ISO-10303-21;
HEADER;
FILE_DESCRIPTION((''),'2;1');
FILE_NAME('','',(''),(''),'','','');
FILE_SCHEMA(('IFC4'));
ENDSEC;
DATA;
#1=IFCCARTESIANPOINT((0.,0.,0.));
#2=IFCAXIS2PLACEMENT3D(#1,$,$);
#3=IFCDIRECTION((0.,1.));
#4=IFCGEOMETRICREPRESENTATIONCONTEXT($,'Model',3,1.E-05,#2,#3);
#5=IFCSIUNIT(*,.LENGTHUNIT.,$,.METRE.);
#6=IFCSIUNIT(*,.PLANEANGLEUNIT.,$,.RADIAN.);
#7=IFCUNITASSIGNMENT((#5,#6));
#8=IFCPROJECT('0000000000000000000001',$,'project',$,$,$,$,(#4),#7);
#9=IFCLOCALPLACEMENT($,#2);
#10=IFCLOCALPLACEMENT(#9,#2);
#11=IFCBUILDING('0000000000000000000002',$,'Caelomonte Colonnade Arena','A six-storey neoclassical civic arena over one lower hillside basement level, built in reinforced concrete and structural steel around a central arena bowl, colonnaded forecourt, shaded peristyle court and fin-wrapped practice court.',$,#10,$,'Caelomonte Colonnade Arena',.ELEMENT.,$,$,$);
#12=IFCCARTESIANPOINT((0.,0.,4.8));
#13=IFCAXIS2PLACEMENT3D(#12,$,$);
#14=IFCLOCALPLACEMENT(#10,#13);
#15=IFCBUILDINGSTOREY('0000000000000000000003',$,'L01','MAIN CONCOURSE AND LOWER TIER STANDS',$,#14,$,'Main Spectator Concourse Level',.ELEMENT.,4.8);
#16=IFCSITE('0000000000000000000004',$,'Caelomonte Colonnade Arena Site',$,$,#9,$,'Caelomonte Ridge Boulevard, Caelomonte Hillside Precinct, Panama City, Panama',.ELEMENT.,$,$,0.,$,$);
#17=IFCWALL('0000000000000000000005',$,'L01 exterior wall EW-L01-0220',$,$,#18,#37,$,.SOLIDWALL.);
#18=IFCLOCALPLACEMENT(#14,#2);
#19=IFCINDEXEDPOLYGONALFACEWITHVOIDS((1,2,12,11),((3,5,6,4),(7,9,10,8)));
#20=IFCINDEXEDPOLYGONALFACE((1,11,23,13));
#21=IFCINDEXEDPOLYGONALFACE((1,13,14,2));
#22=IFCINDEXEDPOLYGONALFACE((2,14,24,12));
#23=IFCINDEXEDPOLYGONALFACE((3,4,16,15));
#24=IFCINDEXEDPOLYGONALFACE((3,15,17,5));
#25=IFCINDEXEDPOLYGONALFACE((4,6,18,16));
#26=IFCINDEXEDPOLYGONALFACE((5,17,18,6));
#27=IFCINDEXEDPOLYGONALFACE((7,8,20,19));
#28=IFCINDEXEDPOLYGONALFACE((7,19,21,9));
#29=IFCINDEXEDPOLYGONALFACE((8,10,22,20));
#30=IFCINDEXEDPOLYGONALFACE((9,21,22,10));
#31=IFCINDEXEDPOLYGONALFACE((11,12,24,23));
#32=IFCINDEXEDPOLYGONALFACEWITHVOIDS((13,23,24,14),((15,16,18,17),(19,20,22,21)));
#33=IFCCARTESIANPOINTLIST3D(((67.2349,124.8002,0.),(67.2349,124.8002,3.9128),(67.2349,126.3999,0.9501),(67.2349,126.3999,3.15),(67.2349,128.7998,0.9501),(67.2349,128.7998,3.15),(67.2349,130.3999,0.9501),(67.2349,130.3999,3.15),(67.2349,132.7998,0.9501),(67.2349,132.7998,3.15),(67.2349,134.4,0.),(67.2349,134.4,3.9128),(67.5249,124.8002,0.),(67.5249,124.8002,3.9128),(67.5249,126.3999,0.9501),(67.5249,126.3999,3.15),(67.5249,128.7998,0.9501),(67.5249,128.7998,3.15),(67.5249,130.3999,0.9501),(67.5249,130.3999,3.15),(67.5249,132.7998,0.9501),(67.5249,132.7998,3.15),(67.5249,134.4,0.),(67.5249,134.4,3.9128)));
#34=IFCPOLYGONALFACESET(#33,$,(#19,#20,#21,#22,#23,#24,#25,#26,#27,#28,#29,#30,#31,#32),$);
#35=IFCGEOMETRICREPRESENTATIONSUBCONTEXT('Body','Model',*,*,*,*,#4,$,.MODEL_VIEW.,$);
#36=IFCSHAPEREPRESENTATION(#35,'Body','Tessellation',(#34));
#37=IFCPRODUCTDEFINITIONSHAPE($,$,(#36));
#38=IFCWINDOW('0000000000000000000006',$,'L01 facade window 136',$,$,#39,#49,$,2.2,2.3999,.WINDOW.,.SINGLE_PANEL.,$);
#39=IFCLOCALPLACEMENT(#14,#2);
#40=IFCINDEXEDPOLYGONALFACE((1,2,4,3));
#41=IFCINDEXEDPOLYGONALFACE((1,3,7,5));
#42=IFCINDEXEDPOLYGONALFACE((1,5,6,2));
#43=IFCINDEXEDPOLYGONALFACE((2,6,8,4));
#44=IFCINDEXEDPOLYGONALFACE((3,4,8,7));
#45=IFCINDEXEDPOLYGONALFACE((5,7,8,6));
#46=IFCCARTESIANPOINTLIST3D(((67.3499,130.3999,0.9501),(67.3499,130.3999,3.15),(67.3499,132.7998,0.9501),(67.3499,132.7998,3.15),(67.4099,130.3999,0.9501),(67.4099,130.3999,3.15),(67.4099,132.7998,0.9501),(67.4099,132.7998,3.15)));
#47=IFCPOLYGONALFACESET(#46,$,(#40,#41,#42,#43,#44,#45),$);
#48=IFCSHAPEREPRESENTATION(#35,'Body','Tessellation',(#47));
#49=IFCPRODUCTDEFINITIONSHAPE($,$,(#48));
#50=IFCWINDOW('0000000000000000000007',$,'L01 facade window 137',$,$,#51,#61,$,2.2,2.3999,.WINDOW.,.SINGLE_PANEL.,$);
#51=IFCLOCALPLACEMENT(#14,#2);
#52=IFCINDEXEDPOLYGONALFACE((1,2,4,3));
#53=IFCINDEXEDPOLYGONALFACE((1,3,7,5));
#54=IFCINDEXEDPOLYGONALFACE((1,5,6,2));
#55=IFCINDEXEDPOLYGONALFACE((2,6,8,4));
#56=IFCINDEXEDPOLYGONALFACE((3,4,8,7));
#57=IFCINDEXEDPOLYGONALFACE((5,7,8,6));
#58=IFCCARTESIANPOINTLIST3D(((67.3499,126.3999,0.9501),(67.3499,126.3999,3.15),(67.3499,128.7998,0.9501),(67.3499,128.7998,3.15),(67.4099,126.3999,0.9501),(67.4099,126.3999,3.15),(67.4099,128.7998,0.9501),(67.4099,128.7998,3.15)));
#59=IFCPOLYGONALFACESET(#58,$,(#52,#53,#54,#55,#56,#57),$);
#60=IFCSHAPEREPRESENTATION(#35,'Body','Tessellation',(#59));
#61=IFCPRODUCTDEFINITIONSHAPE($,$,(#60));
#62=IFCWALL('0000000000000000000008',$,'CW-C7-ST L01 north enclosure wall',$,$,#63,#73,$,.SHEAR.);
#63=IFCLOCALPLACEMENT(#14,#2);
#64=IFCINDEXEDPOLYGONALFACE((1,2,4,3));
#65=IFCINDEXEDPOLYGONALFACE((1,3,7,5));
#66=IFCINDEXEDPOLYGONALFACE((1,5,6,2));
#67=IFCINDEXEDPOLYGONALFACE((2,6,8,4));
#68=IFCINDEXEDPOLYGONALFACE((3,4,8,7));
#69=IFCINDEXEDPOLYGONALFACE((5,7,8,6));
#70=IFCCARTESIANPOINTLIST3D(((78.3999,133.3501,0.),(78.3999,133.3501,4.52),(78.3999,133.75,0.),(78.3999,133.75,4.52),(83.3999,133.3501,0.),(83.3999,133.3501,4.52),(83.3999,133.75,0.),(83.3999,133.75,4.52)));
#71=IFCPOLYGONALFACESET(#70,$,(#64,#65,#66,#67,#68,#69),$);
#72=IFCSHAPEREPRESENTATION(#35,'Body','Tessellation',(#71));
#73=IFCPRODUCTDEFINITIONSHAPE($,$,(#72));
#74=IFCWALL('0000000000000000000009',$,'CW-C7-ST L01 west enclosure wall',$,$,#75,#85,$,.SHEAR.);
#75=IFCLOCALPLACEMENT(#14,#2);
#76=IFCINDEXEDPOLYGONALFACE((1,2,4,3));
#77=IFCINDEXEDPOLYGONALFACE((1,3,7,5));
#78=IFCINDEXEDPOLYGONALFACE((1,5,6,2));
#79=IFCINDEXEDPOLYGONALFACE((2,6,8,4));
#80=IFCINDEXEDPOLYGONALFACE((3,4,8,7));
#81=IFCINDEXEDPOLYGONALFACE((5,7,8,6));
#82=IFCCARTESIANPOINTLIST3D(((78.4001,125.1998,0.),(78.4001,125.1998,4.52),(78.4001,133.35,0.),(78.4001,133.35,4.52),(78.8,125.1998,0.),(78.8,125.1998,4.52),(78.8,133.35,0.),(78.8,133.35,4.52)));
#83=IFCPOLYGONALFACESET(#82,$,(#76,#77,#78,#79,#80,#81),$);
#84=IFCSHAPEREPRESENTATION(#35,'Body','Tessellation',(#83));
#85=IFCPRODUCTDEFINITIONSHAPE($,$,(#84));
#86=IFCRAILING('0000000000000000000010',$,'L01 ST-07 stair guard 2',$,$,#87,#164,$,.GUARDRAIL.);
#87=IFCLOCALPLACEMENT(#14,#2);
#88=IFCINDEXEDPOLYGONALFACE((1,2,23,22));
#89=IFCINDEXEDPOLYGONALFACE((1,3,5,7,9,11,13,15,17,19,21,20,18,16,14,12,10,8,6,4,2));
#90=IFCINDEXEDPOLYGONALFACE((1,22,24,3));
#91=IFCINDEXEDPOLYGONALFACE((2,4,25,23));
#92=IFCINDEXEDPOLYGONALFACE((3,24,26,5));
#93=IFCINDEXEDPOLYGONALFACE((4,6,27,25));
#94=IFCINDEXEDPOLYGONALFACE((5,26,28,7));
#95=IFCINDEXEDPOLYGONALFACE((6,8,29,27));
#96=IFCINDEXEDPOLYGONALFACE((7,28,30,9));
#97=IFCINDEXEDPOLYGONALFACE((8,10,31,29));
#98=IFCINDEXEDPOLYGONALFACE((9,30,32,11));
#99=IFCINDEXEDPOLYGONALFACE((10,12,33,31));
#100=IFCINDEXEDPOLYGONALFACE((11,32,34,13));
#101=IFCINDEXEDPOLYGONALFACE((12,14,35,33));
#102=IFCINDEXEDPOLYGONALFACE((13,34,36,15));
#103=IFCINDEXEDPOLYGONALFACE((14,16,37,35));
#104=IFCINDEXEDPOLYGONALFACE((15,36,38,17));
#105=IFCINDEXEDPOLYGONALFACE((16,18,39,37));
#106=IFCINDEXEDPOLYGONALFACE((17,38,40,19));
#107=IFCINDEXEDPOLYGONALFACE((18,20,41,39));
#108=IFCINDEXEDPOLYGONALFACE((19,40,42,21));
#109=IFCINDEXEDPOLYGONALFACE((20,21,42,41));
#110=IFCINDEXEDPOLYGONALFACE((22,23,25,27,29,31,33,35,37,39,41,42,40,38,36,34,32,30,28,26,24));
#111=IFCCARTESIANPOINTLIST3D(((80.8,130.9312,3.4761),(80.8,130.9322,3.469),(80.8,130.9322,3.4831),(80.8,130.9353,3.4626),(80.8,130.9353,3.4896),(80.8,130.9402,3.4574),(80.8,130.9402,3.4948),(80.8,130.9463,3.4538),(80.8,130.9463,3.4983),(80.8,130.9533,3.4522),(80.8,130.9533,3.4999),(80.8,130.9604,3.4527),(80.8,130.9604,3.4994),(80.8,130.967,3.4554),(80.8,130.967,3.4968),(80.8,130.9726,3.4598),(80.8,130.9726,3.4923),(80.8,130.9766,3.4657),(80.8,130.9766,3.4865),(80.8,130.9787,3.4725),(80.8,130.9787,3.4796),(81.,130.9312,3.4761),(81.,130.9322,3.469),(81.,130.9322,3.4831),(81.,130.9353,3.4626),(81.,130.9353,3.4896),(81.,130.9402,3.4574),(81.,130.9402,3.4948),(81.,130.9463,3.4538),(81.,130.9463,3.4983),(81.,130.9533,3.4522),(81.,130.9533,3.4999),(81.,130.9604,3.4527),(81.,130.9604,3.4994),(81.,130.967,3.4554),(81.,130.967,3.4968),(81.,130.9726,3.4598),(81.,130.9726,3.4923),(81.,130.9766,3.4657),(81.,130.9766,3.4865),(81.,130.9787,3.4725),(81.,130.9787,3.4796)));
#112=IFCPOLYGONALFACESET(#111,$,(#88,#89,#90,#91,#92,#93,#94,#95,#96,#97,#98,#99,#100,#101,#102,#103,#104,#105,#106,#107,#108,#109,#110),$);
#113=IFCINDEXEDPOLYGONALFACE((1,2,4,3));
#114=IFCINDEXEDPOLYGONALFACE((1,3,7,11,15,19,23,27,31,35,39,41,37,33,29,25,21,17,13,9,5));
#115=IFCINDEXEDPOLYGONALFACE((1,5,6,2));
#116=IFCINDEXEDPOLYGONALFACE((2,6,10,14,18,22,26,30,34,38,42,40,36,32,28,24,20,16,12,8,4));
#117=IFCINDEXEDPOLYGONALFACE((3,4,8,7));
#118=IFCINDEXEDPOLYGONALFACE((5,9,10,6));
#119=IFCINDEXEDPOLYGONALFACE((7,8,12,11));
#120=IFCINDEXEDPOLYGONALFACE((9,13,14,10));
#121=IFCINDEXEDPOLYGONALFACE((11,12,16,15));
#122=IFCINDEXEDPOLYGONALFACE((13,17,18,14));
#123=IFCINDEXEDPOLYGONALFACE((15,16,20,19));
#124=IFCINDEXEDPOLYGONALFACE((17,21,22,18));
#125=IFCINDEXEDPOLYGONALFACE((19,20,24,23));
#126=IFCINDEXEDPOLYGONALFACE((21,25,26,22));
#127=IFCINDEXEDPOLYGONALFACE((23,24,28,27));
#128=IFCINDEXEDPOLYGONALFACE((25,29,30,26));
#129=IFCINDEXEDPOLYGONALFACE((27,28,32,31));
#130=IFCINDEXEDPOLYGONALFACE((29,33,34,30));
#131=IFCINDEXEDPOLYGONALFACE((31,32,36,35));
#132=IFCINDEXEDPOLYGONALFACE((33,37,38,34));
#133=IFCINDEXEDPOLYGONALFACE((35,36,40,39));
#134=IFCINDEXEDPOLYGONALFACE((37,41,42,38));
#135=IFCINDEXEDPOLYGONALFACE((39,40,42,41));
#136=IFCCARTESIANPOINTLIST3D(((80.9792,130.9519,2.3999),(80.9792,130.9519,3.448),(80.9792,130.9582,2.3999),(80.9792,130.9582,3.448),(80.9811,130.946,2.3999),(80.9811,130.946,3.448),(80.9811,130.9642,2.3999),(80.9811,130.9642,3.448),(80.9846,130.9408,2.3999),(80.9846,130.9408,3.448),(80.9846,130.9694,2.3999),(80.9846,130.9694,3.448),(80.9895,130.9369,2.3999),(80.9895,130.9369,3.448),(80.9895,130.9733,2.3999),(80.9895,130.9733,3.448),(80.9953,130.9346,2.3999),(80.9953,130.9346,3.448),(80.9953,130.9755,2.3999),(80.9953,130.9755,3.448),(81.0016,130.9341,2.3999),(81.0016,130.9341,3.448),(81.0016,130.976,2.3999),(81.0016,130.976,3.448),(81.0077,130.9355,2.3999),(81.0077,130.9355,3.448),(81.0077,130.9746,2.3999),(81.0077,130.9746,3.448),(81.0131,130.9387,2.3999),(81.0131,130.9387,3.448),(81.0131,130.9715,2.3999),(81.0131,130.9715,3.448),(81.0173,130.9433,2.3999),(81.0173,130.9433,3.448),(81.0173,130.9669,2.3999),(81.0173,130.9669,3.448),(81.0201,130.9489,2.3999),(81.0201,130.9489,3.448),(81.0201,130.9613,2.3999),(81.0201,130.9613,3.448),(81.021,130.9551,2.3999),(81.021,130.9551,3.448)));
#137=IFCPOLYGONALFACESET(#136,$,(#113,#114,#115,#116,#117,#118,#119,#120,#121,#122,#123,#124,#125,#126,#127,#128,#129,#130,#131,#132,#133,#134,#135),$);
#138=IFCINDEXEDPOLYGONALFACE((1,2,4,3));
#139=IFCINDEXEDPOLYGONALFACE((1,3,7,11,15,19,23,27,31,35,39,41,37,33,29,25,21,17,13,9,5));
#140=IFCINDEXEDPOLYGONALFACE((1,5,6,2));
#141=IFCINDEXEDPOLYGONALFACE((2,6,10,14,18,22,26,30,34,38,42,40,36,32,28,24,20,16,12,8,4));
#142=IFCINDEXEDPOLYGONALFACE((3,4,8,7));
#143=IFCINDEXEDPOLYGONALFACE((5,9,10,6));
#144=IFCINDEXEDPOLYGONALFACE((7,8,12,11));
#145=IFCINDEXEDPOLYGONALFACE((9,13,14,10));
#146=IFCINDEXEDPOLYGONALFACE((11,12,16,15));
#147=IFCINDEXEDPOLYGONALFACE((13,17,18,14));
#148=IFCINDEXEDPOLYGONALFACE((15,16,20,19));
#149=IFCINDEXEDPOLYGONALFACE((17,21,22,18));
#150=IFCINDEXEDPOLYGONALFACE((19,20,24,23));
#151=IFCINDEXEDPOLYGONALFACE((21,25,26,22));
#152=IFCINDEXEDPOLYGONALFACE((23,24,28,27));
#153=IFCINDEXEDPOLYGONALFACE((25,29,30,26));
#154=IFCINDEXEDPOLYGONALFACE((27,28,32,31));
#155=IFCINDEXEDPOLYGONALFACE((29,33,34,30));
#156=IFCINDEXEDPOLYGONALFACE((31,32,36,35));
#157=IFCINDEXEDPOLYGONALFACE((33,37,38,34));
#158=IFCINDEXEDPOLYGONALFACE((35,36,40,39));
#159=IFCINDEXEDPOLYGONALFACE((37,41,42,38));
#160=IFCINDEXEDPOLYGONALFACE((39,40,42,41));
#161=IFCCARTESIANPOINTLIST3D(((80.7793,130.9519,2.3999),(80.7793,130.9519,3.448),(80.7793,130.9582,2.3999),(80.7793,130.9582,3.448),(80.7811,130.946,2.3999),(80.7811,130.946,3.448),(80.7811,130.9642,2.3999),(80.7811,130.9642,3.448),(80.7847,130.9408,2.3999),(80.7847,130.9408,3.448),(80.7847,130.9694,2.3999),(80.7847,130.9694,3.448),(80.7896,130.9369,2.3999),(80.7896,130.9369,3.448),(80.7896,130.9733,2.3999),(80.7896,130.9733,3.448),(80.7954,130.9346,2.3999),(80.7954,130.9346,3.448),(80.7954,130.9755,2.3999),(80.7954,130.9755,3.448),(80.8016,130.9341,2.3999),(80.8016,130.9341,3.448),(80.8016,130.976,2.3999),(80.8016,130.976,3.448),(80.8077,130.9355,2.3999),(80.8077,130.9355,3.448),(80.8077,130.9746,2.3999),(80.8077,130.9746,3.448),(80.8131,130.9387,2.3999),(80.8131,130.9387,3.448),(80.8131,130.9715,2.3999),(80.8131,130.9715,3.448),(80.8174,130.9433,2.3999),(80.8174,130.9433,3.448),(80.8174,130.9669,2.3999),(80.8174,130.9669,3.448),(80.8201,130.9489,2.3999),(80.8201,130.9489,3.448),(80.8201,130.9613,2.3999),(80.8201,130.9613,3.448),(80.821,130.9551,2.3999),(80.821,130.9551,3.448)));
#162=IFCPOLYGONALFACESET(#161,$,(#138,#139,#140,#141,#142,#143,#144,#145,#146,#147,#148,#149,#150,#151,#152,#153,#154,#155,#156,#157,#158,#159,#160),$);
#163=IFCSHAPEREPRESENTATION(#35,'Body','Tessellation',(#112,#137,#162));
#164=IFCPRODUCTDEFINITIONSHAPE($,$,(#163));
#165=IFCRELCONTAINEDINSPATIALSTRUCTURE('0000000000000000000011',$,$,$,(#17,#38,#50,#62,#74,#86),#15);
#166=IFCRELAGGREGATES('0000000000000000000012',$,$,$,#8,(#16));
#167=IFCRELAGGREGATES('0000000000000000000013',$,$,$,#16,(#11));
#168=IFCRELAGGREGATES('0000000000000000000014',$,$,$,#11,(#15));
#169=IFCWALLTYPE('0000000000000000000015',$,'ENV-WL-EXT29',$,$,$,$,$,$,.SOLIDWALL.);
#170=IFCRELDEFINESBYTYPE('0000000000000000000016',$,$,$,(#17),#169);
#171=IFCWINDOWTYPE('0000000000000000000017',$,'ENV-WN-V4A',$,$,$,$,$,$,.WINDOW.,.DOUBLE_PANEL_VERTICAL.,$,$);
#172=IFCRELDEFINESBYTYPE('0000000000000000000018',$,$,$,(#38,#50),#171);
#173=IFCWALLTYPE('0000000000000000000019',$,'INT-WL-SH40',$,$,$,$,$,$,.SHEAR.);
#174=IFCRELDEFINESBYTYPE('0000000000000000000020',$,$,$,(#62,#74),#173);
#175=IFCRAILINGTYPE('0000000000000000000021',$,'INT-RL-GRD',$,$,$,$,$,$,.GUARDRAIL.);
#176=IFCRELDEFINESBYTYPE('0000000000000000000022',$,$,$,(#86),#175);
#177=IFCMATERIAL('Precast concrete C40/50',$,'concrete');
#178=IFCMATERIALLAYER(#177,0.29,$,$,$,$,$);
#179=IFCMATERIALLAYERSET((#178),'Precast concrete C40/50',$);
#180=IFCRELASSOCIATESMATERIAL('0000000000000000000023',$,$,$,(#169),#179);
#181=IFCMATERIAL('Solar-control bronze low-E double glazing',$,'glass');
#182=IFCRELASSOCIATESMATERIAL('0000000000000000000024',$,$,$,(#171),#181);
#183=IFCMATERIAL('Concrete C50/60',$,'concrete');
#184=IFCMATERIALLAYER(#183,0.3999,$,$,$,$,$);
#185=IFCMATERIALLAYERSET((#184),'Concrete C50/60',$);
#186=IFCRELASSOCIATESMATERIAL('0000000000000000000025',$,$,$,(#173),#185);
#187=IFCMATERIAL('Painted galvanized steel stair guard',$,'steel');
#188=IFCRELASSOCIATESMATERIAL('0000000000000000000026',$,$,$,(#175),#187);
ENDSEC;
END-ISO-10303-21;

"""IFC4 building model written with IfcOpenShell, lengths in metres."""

from ifc_helpers import new_model, si_unit, direction, frame, frame_2d, origin, origin_2d, place, context, subcontext, project, spatial, rectangle, circle, extrude, material, layer, layer_set, type_object, element, fill, save


model = new_model("IFC4")

# Units and contexts
model_context = context("Model", 3, precision=1e-05, world=origin(), true_north=direction((0.0, 1.0)))
body_context = subcontext(model_context, "Body", "Model", "MODEL_VIEW")
ifc_project = project(units=[si_unit("LENGTHUNIT", "METRE"), si_unit("PLANEANGLEUNIT", "RADIAN")], contexts=[model_context])

# Site, building, storey
site_placement = place(None, origin())
site = spatial("IfcSite", under=ifc_project, at=site_placement, Name="Caelomonte Colonnade Arena Site", LongName="Caelomonte Ridge Boulevard, Caelomonte Hillside Precinct, Panama City, Panama", CompositionType="ELEMENT", RefElevation=0.0)
building_placement = place(site_placement, origin())
building = spatial("IfcBuilding", under=site, at=building_placement, Name="Caelomonte Colonnade Arena", Description="A six-storey neoclassical civic arena over one lower hillside basement level, built in reinforced concrete and structural steel around a central arena bowl, colonnaded forecourt, shaded peristyle court and fin-wrapped practice court.", LongName="Caelomonte Colonnade Arena", CompositionType="ELEMENT")
storey_placement = place(building_placement, frame((0.0, 0.0, 4.8)))
storey = spatial("IfcBuildingStorey", under=building, at=storey_placement, Name="L01", Description="MAIN CONCOURSE AND LOWER TIER STANDS", LongName="Main Spectator Concourse Level", CompositionType="ELEMENT", Elevation=4.8)

# Wall, openings, windows
ifc_material_1 = material(Name="Precast concrete C40/50", Category="concrete")
ifc_layer_1 = layer(ifc_material_1, 0.29)
ifc_layer_set_1 = layer_set([ifc_layer_1], Name="Precast concrete C40/50")
wall_type_1 = type_object("IfcWallType", Name="ENV-WL-EXT29", PredefinedType="SOLIDWALL", material=ifc_layer_set_1)
ifc_material_2 = material(Name="Solar-control bronze low-E double glazing", Category="glass")
window_type = type_object("IfcWindowType", Name="ENV-WN-V4A", PartitioningType="DOUBLE_PANEL_VERTICAL", PredefinedType="WINDOW", material=ifc_material_2)
wall_1_placement = place(storey_placement, frame((67.3799, 134.3999, 0.0), z_axis=(0.0, 0.0, 1.0), x_axis=(0.0, -1.0, 0.0)))
wall_1 = element("IfcWall", 1, at=wall_1_placement, inside=storey, type_object=wall_type_1, Name="L01 exterior wall EW-L01-0220", PredefinedType="SOLIDWALL", context=body_context, shape_type="SweptSolid", body=[
    extrude(rectangle(XDim=9.5999, YDim=0.29, at=frame_2d((4.7998, 0.0))), origin(), (0.0, 0.0, 1.0), 3.9128),
])
opening_1_placement = place(wall_1_placement, frame((4.0, 0.0, 0.95), z_axis=(0.0, 0.0, 1.0), x_axis=(-1.0, 0.0, 0.0)))
opening_1 = element("IfcOpeningElement", 2, at=opening_1_placement, cuts=wall_1, PredefinedType="OPENING", context=body_context, shape_type="SweptSolid", body=[
    extrude(rectangle(XDim=2.3999, YDim=2.2, at=frame_2d((1.2, 1.1001))), frame((0.0, 0.155, 0.0), z_axis=(0.0, -1.0, 0.0), x_axis=(1.0, 0.0, 0.0)), (0.0, 0.0, 1.0), 0.3101),
])
opening_2_placement = place(wall_1_placement, frame((8.0, 0.0, 0.95), z_axis=(0.0, 0.0, 1.0), x_axis=(-1.0, 0.0, 0.0)))
opening_2 = element("IfcOpeningElement", 3, at=opening_2_placement, cuts=wall_1, PredefinedType="OPENING", context=body_context, shape_type="SweptSolid", body=[
    extrude(rectangle(XDim=2.3999, YDim=2.2, at=frame_2d((1.2, 1.1001))), frame((0.0, 0.155, 0.0), z_axis=(0.0, -1.0, 0.0), x_axis=(1.0, 0.0, 0.0)), (0.0, 0.0, 1.0), 0.3101),
])
window_1_placement = place(opening_1_placement, origin())
window_1 = element("IfcWindow", 4, at=window_1_placement, inside=storey, type_object=window_type, Name="L01 facade window 136", OverallHeight=2.2, OverallWidth=2.3999, PartitioningType="SINGLE_PANEL", PredefinedType="WINDOW", context=body_context, shape_type="SweptSolid", body=[
    extrude(rectangle(XDim=2.3999, YDim=2.2, at=frame_2d((1.2, 1.1001))), frame((0.0, 0.03, 0.0), z_axis=(0.0, -1.0, 0.0), x_axis=(1.0, 0.0, 0.0)), (0.0, 0.0, 1.0), 0.0601),
])
fill(opening_1, window_1)
window_2_placement = place(opening_2_placement, origin())
window_2 = element("IfcWindow", 5, at=window_2_placement, inside=storey, type_object=window_type, Name="L01 facade window 137", OverallHeight=2.2, OverallWidth=2.3999, PartitioningType="SINGLE_PANEL", PredefinedType="WINDOW", context=body_context, shape_type="SweptSolid", body=[
    extrude(rectangle(XDim=2.3999, YDim=2.2, at=frame_2d((1.2, 1.1001))), frame((0.0, 0.03, 0.0), z_axis=(0.0, -1.0, 0.0), x_axis=(1.0, 0.0, 0.0)), (0.0, 0.0, 1.0), 0.0601),
])
fill(opening_2, window_2)

# Walls
ifc_material_3 = material(Name="Concrete C50/60", Category="concrete")
ifc_layer_2 = layer(ifc_material_3, 0.3999)
ifc_layer_set_2 = layer_set([ifc_layer_2], Name="Concrete C50/60")
wall_type_2 = type_object("IfcWallType", Name="INT-WL-SH40", PredefinedType="SHEAR", material=ifc_layer_set_2)
wall_2_placement = place(storey_placement, frame((83.3999, 133.55, 0.0), z_axis=(0.0, 0.0, 1.0), x_axis=(-1.0, 0.0, 0.0)))
element("IfcWall", 6, at=wall_2_placement, inside=storey, type_object=wall_type_2, Name="CW-C7-ST L01 north enclosure wall", PredefinedType="SHEAR", context=body_context, shape_type="SweptSolid", body=[
    extrude(rectangle(XDim=5.0, YDim=0.3999, at=frame_2d((2.5, 0.0))), origin(), (0.0, 0.0, 1.0), 4.52),
])
wall_3_placement = place(storey_placement, frame((78.6001, 133.3501, 0.0), z_axis=(0.0, 0.0, 1.0), x_axis=(0.0, -1.0, 0.0)))
element("IfcWall", 7, at=wall_3_placement, inside=storey, type_object=wall_type_2, Name="CW-C7-ST L01 west enclosure wall", PredefinedType="SHEAR", context=body_context, shape_type="SweptSolid", body=[
    extrude(rectangle(XDim=8.1501, YDim=0.3999, at=frame_2d((4.0752, 0.0))), origin(), (0.0, 0.0, 1.0), 4.52),
])

# Railing
ifc_material_4 = material(Name="Painted galvanized steel stair guard", Category="steel")
railing_type = type_object("IfcRailingType", Name="INT-RL-GRD", PredefinedType="GUARDRAIL", material=ifc_material_4)
railing_placement = place(storey_placement, frame((81.0, 130.9551, 2.3999)))
element("IfcRailing", 8, at=railing_placement, inside=storey, type_object=railing_type, Name="L01 ST-07 stair guard 2", PredefinedType="GUARDRAIL", context=body_context, shape_type="SweptSolid", body=[
    extrude(circle(Radius=0.0239, at=origin_2d()), frame((0.0, 0.0, 1.0762), z_axis=(-1.0, 0.0, 0.0), x_axis=(0.0, -1.0, 0.0)), (0.0, 0.0, 1.0), 0.2),
    extrude(circle(Radius=0.021, at=origin_2d()), origin(), (0.0, 0.0, 1.0), 1.0481),
    extrude(circle(Radius=0.021, at=origin_2d()), frame((-0.2, 0.0, 0.0)), (0.0, 0.0, 1.0), 1.0481),
])

save(model, "model.ifc")
